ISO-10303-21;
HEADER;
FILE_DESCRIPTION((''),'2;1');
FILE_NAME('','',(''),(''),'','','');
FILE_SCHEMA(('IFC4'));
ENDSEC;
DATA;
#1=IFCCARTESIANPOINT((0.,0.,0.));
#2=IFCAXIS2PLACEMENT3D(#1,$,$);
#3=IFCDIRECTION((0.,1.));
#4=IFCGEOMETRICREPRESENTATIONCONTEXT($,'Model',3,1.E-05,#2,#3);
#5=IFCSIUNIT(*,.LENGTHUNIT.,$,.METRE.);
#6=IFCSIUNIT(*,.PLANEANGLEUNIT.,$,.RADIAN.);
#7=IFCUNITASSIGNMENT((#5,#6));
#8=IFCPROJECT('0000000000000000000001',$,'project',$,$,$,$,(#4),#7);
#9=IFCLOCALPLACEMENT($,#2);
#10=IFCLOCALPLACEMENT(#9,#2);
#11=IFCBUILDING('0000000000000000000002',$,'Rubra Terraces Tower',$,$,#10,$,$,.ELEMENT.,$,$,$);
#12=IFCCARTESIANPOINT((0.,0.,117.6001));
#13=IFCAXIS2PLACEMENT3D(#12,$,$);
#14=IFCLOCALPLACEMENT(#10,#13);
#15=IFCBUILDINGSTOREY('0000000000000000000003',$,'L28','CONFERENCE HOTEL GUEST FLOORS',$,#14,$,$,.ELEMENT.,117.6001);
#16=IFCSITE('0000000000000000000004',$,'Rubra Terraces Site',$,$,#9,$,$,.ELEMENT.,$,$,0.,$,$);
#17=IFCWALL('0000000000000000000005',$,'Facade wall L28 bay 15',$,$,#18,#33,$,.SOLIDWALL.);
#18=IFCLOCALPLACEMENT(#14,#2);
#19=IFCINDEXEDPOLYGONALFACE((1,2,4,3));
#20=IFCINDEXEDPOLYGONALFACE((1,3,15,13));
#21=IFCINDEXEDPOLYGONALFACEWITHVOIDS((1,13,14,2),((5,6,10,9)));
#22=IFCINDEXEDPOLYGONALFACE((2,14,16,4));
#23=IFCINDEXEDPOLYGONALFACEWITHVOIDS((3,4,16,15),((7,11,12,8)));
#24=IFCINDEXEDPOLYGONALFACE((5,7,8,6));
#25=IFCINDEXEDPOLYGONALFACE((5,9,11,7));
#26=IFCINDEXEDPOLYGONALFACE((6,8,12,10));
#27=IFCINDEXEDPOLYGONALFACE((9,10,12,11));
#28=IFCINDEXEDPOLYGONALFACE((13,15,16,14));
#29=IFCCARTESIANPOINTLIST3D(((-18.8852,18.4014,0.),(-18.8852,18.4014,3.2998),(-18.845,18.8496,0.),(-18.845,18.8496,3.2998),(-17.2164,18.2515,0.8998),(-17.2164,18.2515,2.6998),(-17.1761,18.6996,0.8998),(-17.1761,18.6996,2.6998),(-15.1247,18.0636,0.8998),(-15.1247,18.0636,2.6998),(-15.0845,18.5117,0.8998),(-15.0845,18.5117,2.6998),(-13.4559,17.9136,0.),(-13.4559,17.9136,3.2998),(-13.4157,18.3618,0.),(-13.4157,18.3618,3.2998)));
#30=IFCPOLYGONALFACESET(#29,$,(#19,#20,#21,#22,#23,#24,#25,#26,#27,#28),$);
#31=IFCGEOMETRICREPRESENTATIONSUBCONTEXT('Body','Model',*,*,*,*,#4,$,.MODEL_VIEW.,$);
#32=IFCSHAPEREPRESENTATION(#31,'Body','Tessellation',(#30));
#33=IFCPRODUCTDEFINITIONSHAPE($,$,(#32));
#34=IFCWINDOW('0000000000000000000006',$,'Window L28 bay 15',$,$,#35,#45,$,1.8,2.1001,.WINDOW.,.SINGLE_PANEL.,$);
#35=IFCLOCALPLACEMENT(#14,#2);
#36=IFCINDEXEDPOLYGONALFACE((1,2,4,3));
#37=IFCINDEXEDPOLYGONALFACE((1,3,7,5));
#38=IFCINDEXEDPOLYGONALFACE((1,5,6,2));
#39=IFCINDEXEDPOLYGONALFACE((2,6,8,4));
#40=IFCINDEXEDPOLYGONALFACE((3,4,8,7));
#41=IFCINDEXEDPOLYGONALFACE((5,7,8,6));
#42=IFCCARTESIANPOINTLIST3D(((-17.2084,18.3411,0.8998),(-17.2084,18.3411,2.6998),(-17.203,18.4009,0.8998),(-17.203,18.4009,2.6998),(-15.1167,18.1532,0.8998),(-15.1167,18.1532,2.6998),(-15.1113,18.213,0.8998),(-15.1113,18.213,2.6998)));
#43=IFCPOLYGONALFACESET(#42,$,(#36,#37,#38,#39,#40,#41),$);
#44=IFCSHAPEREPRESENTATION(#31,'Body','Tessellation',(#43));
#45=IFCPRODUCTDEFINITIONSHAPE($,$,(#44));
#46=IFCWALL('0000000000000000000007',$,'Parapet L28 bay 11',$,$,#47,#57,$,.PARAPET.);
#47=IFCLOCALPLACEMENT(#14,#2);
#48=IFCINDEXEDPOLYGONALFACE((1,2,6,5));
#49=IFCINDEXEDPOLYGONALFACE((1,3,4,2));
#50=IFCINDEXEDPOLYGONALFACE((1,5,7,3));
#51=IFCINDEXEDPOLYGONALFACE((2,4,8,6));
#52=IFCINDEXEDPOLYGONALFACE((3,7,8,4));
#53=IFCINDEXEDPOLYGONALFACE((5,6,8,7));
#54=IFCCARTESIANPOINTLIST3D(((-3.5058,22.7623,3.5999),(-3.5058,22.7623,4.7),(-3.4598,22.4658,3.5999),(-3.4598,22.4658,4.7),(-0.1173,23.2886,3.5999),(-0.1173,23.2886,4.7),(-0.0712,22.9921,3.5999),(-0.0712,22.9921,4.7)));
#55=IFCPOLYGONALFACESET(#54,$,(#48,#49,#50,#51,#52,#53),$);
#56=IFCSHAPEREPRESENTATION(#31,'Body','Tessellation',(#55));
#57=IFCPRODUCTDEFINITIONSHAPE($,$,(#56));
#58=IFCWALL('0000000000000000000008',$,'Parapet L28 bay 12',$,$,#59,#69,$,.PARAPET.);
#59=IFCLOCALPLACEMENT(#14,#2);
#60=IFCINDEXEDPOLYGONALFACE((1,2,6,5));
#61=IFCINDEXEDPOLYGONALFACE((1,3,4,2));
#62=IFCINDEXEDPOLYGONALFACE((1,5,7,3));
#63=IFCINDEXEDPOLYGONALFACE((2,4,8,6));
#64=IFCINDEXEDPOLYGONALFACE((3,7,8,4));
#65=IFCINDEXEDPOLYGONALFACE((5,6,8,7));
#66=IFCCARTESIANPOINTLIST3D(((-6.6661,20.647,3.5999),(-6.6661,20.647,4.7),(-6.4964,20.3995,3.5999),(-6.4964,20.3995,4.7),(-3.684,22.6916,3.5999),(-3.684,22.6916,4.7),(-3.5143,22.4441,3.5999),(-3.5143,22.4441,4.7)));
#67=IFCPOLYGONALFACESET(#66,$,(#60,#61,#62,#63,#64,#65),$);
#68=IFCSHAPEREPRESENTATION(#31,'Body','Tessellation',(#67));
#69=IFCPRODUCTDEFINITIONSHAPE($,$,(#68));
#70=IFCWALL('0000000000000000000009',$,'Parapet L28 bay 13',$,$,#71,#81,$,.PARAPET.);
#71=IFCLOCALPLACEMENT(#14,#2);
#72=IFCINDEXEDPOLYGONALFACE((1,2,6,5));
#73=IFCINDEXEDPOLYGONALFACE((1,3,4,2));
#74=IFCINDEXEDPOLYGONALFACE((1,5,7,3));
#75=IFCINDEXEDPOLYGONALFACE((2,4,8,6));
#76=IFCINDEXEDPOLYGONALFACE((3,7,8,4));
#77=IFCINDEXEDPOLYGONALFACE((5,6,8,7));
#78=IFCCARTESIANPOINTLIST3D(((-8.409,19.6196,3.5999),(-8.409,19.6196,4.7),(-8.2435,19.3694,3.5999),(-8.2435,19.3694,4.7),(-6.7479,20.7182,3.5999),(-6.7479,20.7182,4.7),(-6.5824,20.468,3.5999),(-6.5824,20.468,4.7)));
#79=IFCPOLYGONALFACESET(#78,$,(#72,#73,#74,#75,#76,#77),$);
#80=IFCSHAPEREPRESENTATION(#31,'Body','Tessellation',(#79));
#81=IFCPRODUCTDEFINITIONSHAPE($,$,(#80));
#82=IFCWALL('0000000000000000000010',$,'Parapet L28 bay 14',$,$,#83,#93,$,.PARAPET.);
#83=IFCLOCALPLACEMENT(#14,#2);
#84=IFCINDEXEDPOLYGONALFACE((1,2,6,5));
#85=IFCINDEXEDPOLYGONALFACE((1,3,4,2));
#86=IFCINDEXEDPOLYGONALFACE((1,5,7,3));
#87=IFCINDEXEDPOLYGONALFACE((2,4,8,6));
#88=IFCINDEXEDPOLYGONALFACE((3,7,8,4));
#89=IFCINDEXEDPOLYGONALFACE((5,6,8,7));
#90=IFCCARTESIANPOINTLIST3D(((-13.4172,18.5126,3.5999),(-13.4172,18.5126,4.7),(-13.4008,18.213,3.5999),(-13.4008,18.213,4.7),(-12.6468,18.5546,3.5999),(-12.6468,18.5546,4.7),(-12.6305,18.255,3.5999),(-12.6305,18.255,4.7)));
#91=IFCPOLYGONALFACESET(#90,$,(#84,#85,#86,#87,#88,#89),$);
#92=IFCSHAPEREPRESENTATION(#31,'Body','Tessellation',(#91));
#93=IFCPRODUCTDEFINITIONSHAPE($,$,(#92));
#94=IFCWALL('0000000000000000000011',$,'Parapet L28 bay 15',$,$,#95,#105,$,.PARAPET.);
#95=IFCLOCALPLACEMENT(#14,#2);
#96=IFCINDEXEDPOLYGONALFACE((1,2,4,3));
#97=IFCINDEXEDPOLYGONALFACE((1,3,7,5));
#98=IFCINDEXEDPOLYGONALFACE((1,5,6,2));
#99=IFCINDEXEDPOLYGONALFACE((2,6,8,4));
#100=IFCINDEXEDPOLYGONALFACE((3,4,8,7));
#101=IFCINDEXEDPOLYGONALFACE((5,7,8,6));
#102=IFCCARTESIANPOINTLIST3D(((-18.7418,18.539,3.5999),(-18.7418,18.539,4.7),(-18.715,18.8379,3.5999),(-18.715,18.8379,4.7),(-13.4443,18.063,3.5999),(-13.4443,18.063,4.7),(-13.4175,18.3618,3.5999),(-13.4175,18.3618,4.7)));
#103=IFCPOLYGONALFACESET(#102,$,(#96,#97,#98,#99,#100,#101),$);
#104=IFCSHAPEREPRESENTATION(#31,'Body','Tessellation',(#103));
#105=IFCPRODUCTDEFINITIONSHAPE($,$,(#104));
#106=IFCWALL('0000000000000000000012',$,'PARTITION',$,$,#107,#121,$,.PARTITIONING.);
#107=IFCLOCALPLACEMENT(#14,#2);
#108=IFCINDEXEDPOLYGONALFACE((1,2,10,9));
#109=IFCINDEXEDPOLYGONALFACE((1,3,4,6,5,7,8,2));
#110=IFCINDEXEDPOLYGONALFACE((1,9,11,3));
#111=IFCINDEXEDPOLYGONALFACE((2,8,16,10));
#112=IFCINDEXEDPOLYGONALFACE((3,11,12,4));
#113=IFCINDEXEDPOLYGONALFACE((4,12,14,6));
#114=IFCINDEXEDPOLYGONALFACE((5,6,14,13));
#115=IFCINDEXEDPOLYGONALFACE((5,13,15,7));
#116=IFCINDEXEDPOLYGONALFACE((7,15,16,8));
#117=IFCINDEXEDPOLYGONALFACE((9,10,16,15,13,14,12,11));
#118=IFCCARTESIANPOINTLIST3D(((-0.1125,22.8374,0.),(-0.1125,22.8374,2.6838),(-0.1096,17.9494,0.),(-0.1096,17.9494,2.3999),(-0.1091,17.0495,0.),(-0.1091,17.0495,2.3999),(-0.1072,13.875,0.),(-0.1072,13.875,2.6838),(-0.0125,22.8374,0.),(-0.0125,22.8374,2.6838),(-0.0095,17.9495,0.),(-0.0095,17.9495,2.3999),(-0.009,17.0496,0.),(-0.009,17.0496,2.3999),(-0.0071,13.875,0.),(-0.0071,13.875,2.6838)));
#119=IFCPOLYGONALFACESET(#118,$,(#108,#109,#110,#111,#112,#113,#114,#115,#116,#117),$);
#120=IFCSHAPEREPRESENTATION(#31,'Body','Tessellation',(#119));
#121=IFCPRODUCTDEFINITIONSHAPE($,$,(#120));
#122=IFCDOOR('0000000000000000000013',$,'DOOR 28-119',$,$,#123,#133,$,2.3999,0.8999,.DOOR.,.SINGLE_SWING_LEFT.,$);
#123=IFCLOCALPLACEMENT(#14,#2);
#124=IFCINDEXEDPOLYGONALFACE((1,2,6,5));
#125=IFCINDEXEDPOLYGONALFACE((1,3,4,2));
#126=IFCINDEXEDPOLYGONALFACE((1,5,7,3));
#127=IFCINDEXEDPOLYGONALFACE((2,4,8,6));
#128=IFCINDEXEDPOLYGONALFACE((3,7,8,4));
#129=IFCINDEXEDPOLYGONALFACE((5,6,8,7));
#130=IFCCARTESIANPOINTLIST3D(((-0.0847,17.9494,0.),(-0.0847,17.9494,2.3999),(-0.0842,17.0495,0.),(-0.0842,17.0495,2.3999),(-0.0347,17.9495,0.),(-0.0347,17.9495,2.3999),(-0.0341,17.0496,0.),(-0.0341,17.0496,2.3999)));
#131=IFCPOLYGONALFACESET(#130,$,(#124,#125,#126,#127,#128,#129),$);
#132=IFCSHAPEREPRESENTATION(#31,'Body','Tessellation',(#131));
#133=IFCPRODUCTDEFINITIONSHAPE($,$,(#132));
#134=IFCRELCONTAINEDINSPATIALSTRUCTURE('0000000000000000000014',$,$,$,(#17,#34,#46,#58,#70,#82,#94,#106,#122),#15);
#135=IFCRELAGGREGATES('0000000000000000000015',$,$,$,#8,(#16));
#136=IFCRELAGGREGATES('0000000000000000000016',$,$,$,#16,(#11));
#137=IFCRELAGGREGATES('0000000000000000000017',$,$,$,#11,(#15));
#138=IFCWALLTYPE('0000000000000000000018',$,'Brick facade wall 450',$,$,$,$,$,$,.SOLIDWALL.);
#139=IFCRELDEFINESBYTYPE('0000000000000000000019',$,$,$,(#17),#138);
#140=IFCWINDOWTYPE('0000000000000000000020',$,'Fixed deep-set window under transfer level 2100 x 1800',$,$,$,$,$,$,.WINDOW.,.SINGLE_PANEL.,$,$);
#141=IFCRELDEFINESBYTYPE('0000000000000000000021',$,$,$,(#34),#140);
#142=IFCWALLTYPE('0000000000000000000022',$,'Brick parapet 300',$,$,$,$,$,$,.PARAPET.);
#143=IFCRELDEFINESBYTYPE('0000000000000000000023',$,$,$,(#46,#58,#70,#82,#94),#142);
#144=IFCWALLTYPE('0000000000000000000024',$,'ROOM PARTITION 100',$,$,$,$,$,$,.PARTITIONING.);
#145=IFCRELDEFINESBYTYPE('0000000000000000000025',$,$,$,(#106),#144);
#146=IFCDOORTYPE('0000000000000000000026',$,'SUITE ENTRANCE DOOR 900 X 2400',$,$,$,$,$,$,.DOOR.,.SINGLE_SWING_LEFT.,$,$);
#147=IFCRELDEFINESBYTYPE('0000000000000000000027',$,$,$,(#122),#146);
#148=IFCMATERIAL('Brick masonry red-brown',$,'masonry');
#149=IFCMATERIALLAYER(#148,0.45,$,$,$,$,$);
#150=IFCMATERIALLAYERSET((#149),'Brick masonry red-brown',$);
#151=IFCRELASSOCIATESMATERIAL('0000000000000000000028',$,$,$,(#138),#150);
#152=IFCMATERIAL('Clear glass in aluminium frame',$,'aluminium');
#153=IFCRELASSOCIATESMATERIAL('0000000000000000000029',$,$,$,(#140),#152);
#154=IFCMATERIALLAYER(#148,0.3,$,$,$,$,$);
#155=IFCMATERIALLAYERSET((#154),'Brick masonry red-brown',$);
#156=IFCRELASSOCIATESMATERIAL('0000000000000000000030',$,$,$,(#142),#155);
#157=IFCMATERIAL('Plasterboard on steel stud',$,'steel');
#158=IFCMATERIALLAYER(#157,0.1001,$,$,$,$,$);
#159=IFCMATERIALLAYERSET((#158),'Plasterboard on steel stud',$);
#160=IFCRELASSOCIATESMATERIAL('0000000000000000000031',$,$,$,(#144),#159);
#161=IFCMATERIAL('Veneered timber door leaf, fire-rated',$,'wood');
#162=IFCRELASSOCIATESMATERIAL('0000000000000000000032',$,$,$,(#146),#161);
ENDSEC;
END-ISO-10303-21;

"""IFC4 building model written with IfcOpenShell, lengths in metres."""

from ifc_helpers import new_model, si_unit, direction, frame, frame_2d, origin, place, context, subcontext, project, spatial, rectangle, extrude, material, layer, layer_set, type_object, element, fill, save


model = new_model("IFC4")

# Units and contexts
model_context = context("Model", 3, precision=1e-05, world=origin(), true_north=direction((0.0, 1.0)))
body_context = subcontext(model_context, "Body", "Model", "MODEL_VIEW")
ifc_project = project(units=[si_unit("LENGTHUNIT", "METRE"), si_unit("PLANEANGLEUNIT", "RADIAN")], contexts=[model_context])

# Site, building, storey
site_placement = place(None, origin())
site = spatial("IfcSite", under=ifc_project, at=site_placement, Name="Rubra Terraces Site", CompositionType="ELEMENT", RefElevation=0.0)
building_placement = place(site_placement, origin())
building = spatial("IfcBuilding", under=site, at=building_placement, Name="Rubra Terraces Tower", CompositionType="ELEMENT")
storey_placement = place(building_placement, frame((0.0, 0.0, 117.6001)))
storey = spatial("IfcBuildingStorey", under=building, at=storey_placement, Name="L28", Description="CONFERENCE HOTEL GUEST FLOORS", CompositionType="ELEMENT", Elevation=117.6001)

# Wall, opening, window
ifc_material_1 = material(Name="Brick masonry red-brown", Category="masonry")
ifc_layer_1 = layer(ifc_material_1, 0.45)
ifc_layer_set_1 = layer_set([ifc_layer_1], Name="Brick masonry red-brown")
wall_type_1 = type_object("IfcWallType", Name="Brick facade wall 450", PredefinedType="SOLIDWALL", material=ifc_layer_set_1)
ifc_material_2 = material(Name="Clear glass in aluminium frame", Category="aluminium")
window_type = type_object("IfcWindowType", Name="Fixed deep-set window under transfer level 2100 x 1800", PartitioningType="SINGLE_PANEL", PredefinedType="WINDOW", material=ifc_material_2)
wall_1_placement = place(storey_placement, frame((-13.4358, 18.1377, 0.0), z_axis=(0.0, 0.0, 1.0), x_axis=(-0.995988, 0.089486, 0.0)))
wall_1 = element("IfcWall", 1, at=wall_1_placement, inside=storey, type_object=wall_type_1, Name="Facade wall L28 bay 15", PredefinedType="SOLIDWALL", context=body_context, shape_type="SweptSolid", body=[
    extrude(rectangle(XDim=5.4512, YDim=0.45, at=frame_2d((2.7256, 0.0))), origin(), (0.0, 0.0, 1.0), 3.2998),
])
opening_1_placement = place(wall_1_placement, frame((1.6755, 0.0, 0.8999)))
opening_1 = element("IfcOpeningElement", 2, at=opening_1_placement, cuts=wall_1, PredefinedType="OPENING", context=body_context, shape_type="SweptSolid", body=[
    extrude(rectangle(XDim=2.1001, YDim=1.8, at=frame_2d((1.05, 0.8999))), frame((0.0, 0.2349, 0.0), z_axis=(0.0, -1.0, 0.0), x_axis=(1.0, 0.0, 0.0)), (0.0, 0.0, 1.0), 0.47),
])
window_1_placement = place(opening_1_placement, origin())
window_1 = element("IfcWindow", 3, at=window_1_placement, inside=storey, type_object=window_type, Name="Window L28 bay 15", OverallHeight=1.8, OverallWidth=2.1001, PartitioningType="SINGLE_PANEL", PredefinedType="WINDOW", context=body_context, shape_type="SweptSolid", body=[
    extrude(rectangle(XDim=2.1001, YDim=1.8, at=frame_2d((1.05, 0.8999))), frame((0.0, 0.135, 0.0), z_axis=(0.0, -1.0, 0.0), x_axis=(1.0, 0.0, 0.0)), (0.0, 0.0, 1.0), 0.0601),
])
fill(opening_1, window_1)

# Walls
ifc_layer_2 = layer(ifc_material_1, 0.3)
ifc_layer_set_2 = layer_set([ifc_layer_2], Name="Brick masonry red-brown")
wall_type_2 = type_object("IfcWallType", Name="Brick parapet 300", PredefinedType="PARAPET", material=ifc_layer_set_2)
wall_2_placement = place(storey_placement, frame((-0.0942, 23.1404, 3.5999), z_axis=(0.0, 0.0, 1.0), x_axis=(-0.98815, -0.153491, 0.0)))
element("IfcWall", 4, at=wall_2_placement, inside=storey, type_object=wall_type_2, Name="Parapet L28 bay 11", PredefinedType="PARAPET", context=body_context, shape_type="SweptSolid", body=[
    extrude(rectangle(XDim=3.4292, YDim=0.3, at=frame_2d((1.7146, 0.0))), origin(), (0.0, 0.0, 1.0), 1.1001),
])
wall_3_placement = place(storey_placement, frame((-3.5991, 22.5679, 3.5999), z_axis=(0.0, 0.0, 1.0), x_axis=(-0.82476, -0.565482, 0.0)))
element("IfcWall", 5, at=wall_3_placement, inside=storey, type_object=wall_type_2, Name="Parapet L28 bay 12", PredefinedType="PARAPET", context=body_context, shape_type="SweptSolid", body=[
    extrude(rectangle(XDim=3.6157, YDim=0.3, at=frame_2d((1.8079, 0.0))), origin(), (0.0, 0.0, 1.0), 1.1001),
])
wall_4_placement = place(storey_placement, frame((-6.6653, 20.593, 3.5999), z_axis=(0.0, 0.0, 1.0), x_axis=(-0.834082, -0.551641, 0.0)))
element("IfcWall", 6, at=wall_4_placement, inside=storey, type_object=wall_type_2, Name="Parapet L28 bay 13", PredefinedType="PARAPET", context=body_context, shape_type="SweptSolid", body=[
    extrude(rectangle(XDim=1.9915, YDim=0.3, at=frame_2d((0.9956, 0.0))), origin(), (0.0, 0.0, 1.0), 1.1001),
])
wall_5_placement = place(storey_placement, frame((-12.6387, 18.4048, 3.5999), z_axis=(0.0, 0.0, 1.0), x_axis=(-0.998517, -0.054436, 0.0)))
element("IfcWall", 7, at=wall_5_placement, inside=storey, type_object=wall_type_2, Name="Parapet L28 bay 14", PredefinedType="PARAPET", context=body_context, shape_type="SweptSolid", body=[
    extrude(rectangle(XDim=0.7715, YDim=0.3, at=frame_2d((0.3857, 0.0))), origin(), (0.0, 0.0, 1.0), 1.1001),
])
wall_6_placement = place(storey_placement, frame((-13.4309, 18.2124, 3.5999), z_axis=(0.0, 0.0, 1.0), x_axis=(-0.995986, 0.089505, 0.0)))
element("IfcWall", 8, at=wall_6_placement, inside=storey, type_object=wall_type_2, Name="Parapet L28 bay 15", PredefinedType="PARAPET", context=body_context, shape_type="SweptSolid", body=[
    extrude(rectangle(XDim=5.3188, YDim=0.3, at=frame_2d((2.6594, 0.0))), origin(), (0.0, 0.0, 1.0), 1.1001),
])

# Wall, opening, door
ifc_material_3 = material(Name="Plasterboard on steel stud", Category="steel")
ifc_layer_3 = layer(ifc_material_3, 0.1001)
ifc_layer_set_3 = layer_set([ifc_layer_3], Name="Plasterboard on steel stud")
wall_type_3 = type_object("IfcWallType", Name="ROOM PARTITION 100", PredefinedType="PARTITIONING", material=ifc_layer_set_3)
wall_7_placement = place(storey_placement, frame((-0.0625, 22.8374, 0.0), z_axis=(0.0, 0.0, 1.0), x_axis=(0.000599, -1.0, 0.0)))
wall_7 = element("IfcWall", 9, at=wall_7_placement, inside=storey, type_object=wall_type_3, Name="PARTITION", PredefinedType="PARTITIONING", context=body_context, shape_type="SweptSolid", body=[
    extrude(rectangle(XDim=8.9624, YDim=0.1001, at=frame_2d((4.4812, 0.0))), origin(), (0.0, 0.0, 1.0), 2.6838),
])
opening_2_placement = place(wall_7_placement, frame((4.8879, 0.0, 0.0)))
opening_2 = element("IfcOpeningElement", 10, at=opening_2_placement, cuts=wall_7, PredefinedType="OPENING", context=body_context, shape_type="SweptSolid", body=[
    extrude(rectangle(XDim=0.8999, YDim=2.3999, at=frame_2d((0.45, 1.2))), frame((0.0, 0.0601, 0.0), z_axis=(0.0, -1.0, 0.0), x_axis=(1.0, 0.0, 0.0)), (0.0, 0.0, 1.0), 0.1201),
])
ifc_material_4 = material(Name="Veneered timber door leaf, fire-rated", Category="wood")
door_type = type_object("IfcDoorType", Name="SUITE ENTRANCE DOOR 900 X 2400", OperationType="SINGLE_SWING_LEFT", PredefinedType="DOOR", material=ifc_material_4)
door_placement = place(opening_2_placement, origin())
door = element("IfcDoor", 11, at=door_placement, inside=storey, type_object=door_type, Name="DOOR 28-119", OperationType="SINGLE_SWING_LEFT", OverallHeight=2.3999, OverallWidth=0.8999, PredefinedType="DOOR", context=body_context, shape_type="SweptSolid", body=[
    extrude(rectangle(XDim=0.8999, YDim=2.3999, at=frame_2d((0.45, 1.2))), frame((0.0, 0.0249, 0.0), z_axis=(0.0, -1.0, 0.0), x_axis=(1.0, 0.0, 0.0)), (0.0, 0.0, 1.0), 0.05),
])
fill(opening_2, door)

save(model, "model.ifc")
